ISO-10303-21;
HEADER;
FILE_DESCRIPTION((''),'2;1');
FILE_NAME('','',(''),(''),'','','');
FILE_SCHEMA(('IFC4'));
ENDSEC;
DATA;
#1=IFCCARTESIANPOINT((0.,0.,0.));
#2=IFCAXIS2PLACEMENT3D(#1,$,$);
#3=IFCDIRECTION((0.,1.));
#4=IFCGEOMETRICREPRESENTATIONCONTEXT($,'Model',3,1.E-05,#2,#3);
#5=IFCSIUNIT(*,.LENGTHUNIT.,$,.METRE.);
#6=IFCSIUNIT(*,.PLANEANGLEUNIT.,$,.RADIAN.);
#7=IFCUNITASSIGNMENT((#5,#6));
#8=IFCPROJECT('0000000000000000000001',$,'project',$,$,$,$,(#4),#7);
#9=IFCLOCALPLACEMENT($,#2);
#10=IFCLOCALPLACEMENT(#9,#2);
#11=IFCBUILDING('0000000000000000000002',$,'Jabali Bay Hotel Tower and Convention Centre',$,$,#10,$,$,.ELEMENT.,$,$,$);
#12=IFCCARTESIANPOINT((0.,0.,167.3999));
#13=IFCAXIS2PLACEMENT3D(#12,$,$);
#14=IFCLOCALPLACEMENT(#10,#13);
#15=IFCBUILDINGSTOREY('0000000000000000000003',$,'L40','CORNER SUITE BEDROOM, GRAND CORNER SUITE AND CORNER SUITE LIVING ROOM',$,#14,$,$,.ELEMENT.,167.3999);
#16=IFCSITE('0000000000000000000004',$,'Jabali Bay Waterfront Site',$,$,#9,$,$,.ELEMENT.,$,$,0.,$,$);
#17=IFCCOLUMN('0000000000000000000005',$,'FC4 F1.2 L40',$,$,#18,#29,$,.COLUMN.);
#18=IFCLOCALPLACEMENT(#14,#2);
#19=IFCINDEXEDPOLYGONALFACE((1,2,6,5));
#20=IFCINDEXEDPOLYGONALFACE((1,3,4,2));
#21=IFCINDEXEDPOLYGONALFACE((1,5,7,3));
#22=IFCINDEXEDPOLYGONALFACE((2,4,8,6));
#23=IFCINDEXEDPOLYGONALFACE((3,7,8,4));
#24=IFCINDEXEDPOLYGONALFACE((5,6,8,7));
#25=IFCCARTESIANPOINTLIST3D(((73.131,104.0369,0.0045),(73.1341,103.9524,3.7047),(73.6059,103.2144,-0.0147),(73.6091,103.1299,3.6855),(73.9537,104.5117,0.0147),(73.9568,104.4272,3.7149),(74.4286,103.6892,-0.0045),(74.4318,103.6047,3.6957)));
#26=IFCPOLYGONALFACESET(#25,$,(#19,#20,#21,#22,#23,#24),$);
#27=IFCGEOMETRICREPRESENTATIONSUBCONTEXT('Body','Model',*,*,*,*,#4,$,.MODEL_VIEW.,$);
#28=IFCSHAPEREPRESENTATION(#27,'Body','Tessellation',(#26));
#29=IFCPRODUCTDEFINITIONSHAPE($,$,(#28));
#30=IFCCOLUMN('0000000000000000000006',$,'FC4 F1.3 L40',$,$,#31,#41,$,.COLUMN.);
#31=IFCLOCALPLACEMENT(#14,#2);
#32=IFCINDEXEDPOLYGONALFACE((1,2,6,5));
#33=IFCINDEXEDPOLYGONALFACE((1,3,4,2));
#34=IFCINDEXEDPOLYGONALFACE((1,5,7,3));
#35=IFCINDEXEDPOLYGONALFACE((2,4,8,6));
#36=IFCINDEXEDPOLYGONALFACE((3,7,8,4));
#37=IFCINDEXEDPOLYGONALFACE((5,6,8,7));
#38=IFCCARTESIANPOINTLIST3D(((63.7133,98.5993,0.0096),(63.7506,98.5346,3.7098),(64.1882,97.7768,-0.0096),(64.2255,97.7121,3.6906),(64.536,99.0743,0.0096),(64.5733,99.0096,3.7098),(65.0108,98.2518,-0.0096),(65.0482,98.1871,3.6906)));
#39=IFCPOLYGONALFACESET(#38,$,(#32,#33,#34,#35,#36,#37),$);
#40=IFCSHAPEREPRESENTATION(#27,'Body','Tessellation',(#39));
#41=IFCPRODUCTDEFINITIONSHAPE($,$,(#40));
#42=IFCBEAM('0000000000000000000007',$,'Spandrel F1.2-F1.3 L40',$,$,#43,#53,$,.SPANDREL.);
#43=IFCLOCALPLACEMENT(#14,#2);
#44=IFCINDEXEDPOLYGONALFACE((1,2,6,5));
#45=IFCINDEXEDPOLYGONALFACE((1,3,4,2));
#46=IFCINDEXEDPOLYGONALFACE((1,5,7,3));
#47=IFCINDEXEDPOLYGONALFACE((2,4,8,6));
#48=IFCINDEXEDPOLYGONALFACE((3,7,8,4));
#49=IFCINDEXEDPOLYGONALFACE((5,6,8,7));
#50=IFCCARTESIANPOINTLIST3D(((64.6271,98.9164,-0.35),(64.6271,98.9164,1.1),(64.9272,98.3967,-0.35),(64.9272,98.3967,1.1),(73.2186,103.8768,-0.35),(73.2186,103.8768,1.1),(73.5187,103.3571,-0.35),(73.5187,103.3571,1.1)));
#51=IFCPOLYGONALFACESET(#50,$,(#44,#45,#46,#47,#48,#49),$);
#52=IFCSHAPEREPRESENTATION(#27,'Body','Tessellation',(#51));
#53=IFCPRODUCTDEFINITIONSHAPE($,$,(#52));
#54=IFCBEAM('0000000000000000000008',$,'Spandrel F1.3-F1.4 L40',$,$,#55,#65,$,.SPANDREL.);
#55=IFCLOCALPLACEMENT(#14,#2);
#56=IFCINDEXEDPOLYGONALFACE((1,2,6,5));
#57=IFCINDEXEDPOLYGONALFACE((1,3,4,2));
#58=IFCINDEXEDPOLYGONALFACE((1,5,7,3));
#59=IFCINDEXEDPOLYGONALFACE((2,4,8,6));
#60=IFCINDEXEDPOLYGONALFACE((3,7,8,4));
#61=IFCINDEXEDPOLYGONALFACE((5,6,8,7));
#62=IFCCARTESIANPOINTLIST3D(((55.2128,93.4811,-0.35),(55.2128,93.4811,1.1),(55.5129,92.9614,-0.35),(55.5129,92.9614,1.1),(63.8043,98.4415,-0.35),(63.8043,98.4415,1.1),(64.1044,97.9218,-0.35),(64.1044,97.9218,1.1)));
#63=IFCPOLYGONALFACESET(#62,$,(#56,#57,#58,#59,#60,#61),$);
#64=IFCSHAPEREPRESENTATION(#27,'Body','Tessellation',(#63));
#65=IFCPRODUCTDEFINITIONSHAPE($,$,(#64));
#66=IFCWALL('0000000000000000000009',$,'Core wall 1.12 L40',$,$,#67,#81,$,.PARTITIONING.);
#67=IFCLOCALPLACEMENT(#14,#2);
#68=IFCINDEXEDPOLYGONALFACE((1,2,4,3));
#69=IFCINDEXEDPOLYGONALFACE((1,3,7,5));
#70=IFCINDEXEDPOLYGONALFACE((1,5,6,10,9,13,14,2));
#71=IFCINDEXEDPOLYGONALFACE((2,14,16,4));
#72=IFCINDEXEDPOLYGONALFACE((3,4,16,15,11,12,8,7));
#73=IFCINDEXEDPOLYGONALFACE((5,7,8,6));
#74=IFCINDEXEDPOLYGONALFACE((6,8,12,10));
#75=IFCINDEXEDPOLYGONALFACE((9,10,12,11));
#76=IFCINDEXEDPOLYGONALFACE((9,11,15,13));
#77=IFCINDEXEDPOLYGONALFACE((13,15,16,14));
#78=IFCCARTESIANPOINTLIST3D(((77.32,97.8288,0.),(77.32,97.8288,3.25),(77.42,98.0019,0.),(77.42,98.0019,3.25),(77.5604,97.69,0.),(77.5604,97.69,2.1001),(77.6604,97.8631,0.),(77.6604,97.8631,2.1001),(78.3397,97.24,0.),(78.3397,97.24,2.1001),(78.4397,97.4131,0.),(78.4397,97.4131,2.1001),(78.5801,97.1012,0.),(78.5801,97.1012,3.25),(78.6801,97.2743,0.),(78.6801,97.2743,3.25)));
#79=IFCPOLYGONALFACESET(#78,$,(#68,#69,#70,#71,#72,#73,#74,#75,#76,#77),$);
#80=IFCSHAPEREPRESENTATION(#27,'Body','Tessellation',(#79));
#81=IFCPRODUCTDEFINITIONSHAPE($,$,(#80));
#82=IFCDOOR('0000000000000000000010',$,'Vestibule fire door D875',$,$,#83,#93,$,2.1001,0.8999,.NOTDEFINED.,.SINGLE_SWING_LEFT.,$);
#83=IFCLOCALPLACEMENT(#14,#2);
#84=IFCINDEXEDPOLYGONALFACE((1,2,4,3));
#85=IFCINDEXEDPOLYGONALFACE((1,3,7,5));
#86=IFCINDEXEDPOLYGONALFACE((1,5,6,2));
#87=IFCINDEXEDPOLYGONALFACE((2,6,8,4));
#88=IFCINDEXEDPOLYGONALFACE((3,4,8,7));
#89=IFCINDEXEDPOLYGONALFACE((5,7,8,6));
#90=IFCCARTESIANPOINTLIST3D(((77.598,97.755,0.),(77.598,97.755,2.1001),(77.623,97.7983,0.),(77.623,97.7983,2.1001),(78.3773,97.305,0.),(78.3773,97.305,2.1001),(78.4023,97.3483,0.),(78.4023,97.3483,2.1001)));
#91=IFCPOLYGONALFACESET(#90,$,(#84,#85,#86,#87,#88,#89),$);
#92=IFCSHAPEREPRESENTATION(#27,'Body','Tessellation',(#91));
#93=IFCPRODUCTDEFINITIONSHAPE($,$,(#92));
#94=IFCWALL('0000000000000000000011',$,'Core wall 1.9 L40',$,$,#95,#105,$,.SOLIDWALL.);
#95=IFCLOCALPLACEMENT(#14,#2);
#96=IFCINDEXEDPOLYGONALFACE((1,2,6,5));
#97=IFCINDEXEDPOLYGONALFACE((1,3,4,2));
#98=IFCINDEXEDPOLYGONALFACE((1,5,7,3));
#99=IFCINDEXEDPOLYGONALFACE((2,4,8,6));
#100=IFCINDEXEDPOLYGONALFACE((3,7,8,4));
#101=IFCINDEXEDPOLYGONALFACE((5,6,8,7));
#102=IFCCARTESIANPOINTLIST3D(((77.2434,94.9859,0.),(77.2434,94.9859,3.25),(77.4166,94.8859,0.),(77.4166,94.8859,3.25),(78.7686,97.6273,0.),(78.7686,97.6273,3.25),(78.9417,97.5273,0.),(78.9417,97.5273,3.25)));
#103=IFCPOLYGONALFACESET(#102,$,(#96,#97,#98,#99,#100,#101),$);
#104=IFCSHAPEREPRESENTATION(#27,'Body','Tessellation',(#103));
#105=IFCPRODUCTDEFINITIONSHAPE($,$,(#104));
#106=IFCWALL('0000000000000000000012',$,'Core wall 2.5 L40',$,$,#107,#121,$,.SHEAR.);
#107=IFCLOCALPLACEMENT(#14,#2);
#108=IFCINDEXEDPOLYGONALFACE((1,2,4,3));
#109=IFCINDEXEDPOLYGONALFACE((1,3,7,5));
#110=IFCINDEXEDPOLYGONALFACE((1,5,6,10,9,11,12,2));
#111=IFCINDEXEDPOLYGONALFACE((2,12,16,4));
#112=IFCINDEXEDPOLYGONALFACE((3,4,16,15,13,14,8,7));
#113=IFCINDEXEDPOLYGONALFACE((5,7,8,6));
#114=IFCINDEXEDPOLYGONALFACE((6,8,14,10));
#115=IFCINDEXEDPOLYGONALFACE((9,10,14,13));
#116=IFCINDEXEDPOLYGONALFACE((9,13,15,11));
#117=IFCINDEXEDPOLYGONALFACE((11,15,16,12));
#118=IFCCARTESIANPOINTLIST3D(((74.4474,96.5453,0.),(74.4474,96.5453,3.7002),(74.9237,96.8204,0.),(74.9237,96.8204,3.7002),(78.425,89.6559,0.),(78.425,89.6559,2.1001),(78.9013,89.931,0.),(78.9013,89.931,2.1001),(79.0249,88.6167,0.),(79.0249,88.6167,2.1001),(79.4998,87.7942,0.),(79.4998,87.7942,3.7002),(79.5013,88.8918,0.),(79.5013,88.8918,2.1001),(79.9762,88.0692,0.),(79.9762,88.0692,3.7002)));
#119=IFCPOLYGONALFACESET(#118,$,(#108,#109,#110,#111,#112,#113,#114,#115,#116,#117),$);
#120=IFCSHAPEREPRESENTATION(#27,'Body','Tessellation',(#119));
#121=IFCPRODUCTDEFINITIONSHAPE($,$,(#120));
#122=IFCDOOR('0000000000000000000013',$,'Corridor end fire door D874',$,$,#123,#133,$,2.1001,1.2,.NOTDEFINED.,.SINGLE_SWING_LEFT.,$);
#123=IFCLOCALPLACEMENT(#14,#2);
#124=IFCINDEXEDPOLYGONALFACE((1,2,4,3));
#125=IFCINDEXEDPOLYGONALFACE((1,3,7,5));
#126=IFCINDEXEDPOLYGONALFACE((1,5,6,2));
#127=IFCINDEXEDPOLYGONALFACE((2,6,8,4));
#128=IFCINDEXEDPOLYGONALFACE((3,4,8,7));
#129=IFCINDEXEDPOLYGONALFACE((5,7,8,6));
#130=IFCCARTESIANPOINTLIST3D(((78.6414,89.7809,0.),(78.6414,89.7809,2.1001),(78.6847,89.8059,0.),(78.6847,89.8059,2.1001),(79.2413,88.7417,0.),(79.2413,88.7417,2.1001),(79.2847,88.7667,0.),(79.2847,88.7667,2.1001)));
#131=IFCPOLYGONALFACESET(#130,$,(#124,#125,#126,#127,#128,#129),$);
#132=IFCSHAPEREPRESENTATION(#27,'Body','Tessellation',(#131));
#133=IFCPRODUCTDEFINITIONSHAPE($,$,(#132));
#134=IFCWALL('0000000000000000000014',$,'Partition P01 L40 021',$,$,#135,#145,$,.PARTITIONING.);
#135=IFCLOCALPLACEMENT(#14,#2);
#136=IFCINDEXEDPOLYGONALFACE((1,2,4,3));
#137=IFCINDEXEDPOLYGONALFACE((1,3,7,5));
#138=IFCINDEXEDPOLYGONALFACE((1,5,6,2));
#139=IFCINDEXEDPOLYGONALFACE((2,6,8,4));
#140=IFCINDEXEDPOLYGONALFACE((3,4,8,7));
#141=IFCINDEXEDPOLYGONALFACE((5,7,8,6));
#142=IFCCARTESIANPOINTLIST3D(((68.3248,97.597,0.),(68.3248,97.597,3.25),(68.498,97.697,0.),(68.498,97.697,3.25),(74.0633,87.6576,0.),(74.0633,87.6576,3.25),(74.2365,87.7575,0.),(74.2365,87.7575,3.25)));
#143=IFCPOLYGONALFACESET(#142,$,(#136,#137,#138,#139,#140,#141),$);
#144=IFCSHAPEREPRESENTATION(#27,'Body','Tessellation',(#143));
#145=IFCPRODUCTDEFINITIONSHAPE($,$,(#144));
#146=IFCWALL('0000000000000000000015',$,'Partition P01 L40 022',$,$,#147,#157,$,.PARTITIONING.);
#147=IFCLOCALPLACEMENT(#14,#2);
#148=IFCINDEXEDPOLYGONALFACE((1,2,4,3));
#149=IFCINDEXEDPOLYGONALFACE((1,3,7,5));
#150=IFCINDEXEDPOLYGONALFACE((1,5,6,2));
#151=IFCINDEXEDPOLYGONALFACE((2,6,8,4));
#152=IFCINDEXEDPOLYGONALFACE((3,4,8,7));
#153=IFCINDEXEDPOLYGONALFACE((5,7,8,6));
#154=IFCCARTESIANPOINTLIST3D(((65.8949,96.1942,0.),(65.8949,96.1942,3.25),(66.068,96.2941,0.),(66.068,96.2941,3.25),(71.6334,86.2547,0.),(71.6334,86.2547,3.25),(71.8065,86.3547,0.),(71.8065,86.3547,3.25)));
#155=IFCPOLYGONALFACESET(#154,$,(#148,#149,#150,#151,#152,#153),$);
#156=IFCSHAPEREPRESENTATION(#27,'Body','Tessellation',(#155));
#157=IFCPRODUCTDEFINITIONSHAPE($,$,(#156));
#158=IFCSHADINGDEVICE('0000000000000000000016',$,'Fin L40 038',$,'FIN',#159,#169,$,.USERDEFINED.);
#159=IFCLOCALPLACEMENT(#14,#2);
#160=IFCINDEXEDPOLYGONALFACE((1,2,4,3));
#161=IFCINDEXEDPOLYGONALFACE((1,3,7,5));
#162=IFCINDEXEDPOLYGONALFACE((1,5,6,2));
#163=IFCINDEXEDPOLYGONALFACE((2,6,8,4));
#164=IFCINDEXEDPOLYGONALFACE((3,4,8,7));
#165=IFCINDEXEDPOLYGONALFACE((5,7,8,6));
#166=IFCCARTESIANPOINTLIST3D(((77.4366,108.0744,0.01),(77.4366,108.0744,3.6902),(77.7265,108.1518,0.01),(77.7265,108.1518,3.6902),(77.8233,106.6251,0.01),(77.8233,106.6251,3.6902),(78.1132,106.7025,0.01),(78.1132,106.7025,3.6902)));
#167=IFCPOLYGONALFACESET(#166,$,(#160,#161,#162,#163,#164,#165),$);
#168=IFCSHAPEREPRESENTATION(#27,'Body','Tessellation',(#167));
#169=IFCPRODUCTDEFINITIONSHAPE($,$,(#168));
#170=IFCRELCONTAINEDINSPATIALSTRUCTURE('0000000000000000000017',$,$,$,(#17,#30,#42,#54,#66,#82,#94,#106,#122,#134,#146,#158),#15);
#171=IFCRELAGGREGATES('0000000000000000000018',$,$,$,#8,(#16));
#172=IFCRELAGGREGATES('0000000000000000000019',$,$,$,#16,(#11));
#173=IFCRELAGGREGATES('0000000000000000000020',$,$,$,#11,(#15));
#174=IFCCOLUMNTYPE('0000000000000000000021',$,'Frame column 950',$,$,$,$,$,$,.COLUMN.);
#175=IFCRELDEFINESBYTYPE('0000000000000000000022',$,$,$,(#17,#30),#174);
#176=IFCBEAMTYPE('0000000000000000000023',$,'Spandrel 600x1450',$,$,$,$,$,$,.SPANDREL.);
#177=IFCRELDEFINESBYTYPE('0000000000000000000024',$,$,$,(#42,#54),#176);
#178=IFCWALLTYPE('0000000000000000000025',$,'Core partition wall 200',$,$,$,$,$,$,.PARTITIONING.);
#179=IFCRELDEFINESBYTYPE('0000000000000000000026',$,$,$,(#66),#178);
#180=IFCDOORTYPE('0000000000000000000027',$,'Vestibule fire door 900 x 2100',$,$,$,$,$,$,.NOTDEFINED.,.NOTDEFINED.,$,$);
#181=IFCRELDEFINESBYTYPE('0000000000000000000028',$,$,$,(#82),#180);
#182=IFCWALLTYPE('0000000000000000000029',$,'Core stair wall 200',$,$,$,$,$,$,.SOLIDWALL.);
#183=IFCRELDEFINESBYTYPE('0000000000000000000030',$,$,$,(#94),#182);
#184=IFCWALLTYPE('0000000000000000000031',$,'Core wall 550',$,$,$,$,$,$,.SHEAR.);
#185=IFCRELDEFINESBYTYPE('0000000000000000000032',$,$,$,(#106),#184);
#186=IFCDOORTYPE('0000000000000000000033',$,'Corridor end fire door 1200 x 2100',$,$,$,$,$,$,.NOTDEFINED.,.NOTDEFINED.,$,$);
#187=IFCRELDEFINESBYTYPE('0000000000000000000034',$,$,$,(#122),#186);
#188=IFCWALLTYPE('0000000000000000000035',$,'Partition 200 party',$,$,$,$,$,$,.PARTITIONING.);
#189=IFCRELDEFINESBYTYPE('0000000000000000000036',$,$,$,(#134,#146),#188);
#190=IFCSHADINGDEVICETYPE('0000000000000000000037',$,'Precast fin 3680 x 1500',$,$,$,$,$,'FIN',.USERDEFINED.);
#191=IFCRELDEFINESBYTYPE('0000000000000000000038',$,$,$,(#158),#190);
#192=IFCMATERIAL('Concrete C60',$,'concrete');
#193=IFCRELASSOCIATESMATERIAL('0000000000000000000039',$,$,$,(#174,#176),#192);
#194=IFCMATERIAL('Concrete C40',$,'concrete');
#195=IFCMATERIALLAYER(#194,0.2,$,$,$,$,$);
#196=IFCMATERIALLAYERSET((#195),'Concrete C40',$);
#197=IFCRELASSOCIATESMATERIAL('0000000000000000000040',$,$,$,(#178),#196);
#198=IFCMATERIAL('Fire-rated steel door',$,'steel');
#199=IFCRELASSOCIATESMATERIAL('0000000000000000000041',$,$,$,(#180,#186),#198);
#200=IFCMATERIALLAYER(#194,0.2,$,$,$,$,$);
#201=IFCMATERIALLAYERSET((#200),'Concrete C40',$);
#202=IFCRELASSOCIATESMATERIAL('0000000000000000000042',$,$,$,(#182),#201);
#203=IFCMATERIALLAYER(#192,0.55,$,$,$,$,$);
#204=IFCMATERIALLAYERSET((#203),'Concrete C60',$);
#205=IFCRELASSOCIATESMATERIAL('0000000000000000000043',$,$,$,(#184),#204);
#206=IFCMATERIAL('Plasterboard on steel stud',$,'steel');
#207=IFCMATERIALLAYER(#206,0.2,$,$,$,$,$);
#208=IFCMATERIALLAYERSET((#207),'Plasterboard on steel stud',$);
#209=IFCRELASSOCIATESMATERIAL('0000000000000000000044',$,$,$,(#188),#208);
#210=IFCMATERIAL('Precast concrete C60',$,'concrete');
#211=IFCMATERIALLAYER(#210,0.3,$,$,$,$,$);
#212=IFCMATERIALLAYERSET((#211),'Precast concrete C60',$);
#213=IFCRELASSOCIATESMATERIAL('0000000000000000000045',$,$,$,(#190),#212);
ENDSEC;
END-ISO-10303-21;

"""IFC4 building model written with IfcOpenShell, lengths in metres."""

from ifc_helpers import new_model, si_unit, direction, frame, frame_2d, origin, origin_2d, place, context, subcontext, project, spatial, rectangle, extrude, material, layer, layer_set, material_profile, profile_set, type_object, element, fill, save


model = new_model("IFC4")

# Units and contexts
model_context = context("Model", 3, precision=1e-05, world=origin(), true_north=direction((0.0, 1.0)))
body_context = subcontext(model_context, "Body", "Model", "MODEL_VIEW")
ifc_project = project(units=[si_unit("LENGTHUNIT", "METRE"), si_unit("PLANEANGLEUNIT", "RADIAN")], contexts=[model_context])

# Site, building, storey
site_placement = place(None, origin())
site = spatial("IfcSite", under=ifc_project, at=site_placement, Name="Jabali Bay Waterfront Site", CompositionType="ELEMENT", RefElevation=0.0)
building_placement = place(site_placement, origin())
building = spatial("IfcBuilding", under=site, at=building_placement, Name="Jabali Bay Hotel Tower and Convention Centre", CompositionType="ELEMENT")
storey_placement = place(building_placement, frame((0.0, 0.0, 167.3999)))
storey = spatial("IfcBuildingStorey", under=building, at=storey_placement, Name="L40", Description="CORNER SUITE BEDROOM, GRAND CORNER SUITE AND CORNER SUITE LIVING ROOM", CompositionType="ELEMENT", Elevation=167.3999)

# Columns
ifc_material_1 = material(Name="Concrete C60", Category="concrete")
ifc_material_profile_1 = material_profile(ifc_material_1, rectangle(XDim=0.95, YDim=0.95, at=origin_2d()), Name="Frame column 950")
ifc_profile_set_1 = profile_set([ifc_material_profile_1], Name="Concrete C60")
column_type = type_object("IfcColumnType", Name="Frame column 950", PredefinedType="COLUMN", material=ifc_profile_set_1)
column_1_placement = place(storey_placement, frame((73.7798, 103.863, 0.0), z_axis=(0.000858, -0.022823, 0.999739), x_axis=(0.866054, 0.499837, 0.010668)))
element("IfcColumn", 1, at=column_1_placement, inside=storey, type_object=column_type, Name="FC4 F1.2 L40", PredefinedType="COLUMN", context=body_context, shape_type="SweptSolid", body=[
    extrude(rectangle(XDim=0.95, YDim=0.95, at=origin_2d()), origin(), (0.0, 0.0, 1.0), 3.7012),
])
column_2_placement = place(storey_placement, frame((64.3621, 98.4255, 0.0), z_axis=(0.010093, -0.017481, 0.999796), x_axis=(-0.499903, 0.865846, 0.020186)))
element("IfcColumn", 2, at=column_2_placement, inside=storey, type_object=column_type, Name="FC4 F1.3 L40", PredefinedType="COLUMN", context=body_context, shape_type="SweptSolid", body=[
    extrude(rectangle(XDim=0.95, YDim=0.95, at=origin_2d()), origin(), (0.0, 0.0, 1.0), 3.7009),
])

# Beams
ifc_material_profile_2 = material_profile(ifc_material_1, rectangle(XDim=0.6001, YDim=1.45, at=origin_2d()), Name="Spandrel 600x1450")
ifc_profile_set_2 = profile_set([ifc_material_profile_2], Name="Concrete C60")
beam_type = type_object("IfcBeamType", Name="Spandrel 600x1450", PredefinedType="SPANDREL", material=ifc_profile_set_2)
for number, where, z_axis, x_axis, name in (
    (3, (73.3687, 103.6169, 0.375), (-0.86602, -0.500009, 0.0), (0.500009, -0.86602, 0.0), "Spandrel F1.2-F1.3 L40"),
    (4, (63.9543, 98.1816, 0.375), (-0.86602, -0.500009, 0.0), (0.500009, -0.86602, 0.0), "Spandrel F1.3-F1.4 L40"),
):
    element("IfcBeam", number, at=place(storey_placement, frame(where, z_axis=z_axis, x_axis=x_axis)), inside=storey, type_object=beam_type, Name=name, PredefinedType="SPANDREL", context=body_context, shape_type="SweptSolid", body=[
        extrude(rectangle(XDim=0.6001, YDim=1.45, at=origin_2d()), origin(), (0.0, 0.0, 1.0), 9.9207),
    ])

# Wall, opening, door
ifc_material_2 = material(Name="Concrete C40", Category="concrete")
ifc_layer_1 = layer(ifc_material_2, 0.2)
ifc_layer_set_1 = layer_set([ifc_layer_1], Name="Concrete C40")
wall_type_1 = type_object("IfcWallType", Name="Core partition wall 200", PredefinedType="PARTITIONING", material=ifc_layer_set_1)
wall_1_placement = place(storey_placement, frame((78.6301, 97.1877, 0.0), z_axis=(0.0, 0.0, 1.0), x_axis=(-0.866004, 0.500037, 0.0)))
wall_1 = element("IfcWall", 5, at=wall_1_placement, inside=storey, type_object=wall_type_1, Name="Core wall 1.12 L40", PredefinedType="PARTITIONING", context=body_context, shape_type="SweptSolid", body=[
    extrude(rectangle(XDim=1.4551, YDim=0.2, at=frame_2d((0.7275, 0.0))), origin(), (0.0, 0.0, 1.0), 3.25),
])
opening_1_placement = place(wall_1_placement, frame((0.2776, 0.0, 0.0)))
opening_1 = element("IfcOpeningElement", 6, at=opening_1_placement, cuts=wall_1, PredefinedType="OPENING", context=body_context, shape_type="SweptSolid", body=[
    extrude(rectangle(XDim=0.8999, YDim=2.1001, at=frame_2d((0.45, 1.05))), frame((0.0, 0.1104, 0.0), z_axis=(0.0, -1.0, 0.0), x_axis=(1.0, 0.0, 0.0)), (0.0, 0.0, 1.0), 0.2209),
])
ifc_material_3 = material(Name="Fire-rated steel door", Category="steel")
door_type_1 = type_object("IfcDoorType", Name="Vestibule fire door 900 x 2100", OperationType="NOTDEFINED", PredefinedType="NOTDEFINED", material=ifc_material_3)
door_1_placement = place(opening_1_placement, origin())
door_1 = element("IfcDoor", 7, at=door_1_placement, inside=storey, type_object=door_type_1, Name="Vestibule fire door D875", OperationType="SINGLE_SWING_LEFT", OverallHeight=2.1001, OverallWidth=0.8999, PredefinedType="NOTDEFINED", context=body_context, shape_type="SweptSolid", body=[
    extrude(rectangle(XDim=0.8999, YDim=2.1001, at=frame_2d((0.45, 1.05))), frame((0.0, 0.0249, 0.0), z_axis=(0.0, -1.0, 0.0), x_axis=(1.0, 0.0, 0.0)), (0.0, 0.0, 1.0), 0.05),
])
fill(opening_1, door_1)

# Wall
ifc_layer_2 = layer(ifc_material_2, 0.2)
ifc_layer_set_2 = layer_set([ifc_layer_2], Name="Concrete C40")
wall_type_2 = type_object("IfcWallType", Name="Core stair wall 200", PredefinedType="SOLIDWALL", material=ifc_layer_set_2)
wall_2_placement = place(storey_placement, frame((77.3301, 94.936, 0.0), z_axis=(0.0, 0.0, 1.0), x_axis=(0.500039, 0.866003, 0.0)))
element("IfcWall", 8, at=wall_2_placement, inside=storey, type_object=wall_type_2, Name="Core wall 1.9 L40", PredefinedType="SOLIDWALL", context=body_context, shape_type="SweptSolid", body=[
    extrude(rectangle(XDim=3.05, YDim=0.2, at=frame_2d((1.5249, 0.0))), origin(), (0.0, 0.0, 1.0), 3.25),
])

# Wall, opening, door
ifc_layer_3 = layer(ifc_material_1, 0.55)
ifc_layer_set_3 = layer_set([ifc_layer_3], Name="Concrete C60")
wall_type_3 = type_object("IfcWallType", Name="Core wall 550", PredefinedType="SHEAR", material=ifc_layer_set_3)
wall_3_placement = place(storey_placement, frame((74.6855, 96.6829, 0.0), z_axis=(0.0, 0.0, 1.0), x_axis=(0.499998, -0.866027, 0.0)))
wall_3 = element("IfcWall", 9, at=wall_3_placement, inside=storey, type_object=wall_type_3, Name="Core wall 2.5 L40", PredefinedType="SHEAR", context=body_context, shape_type="SweptSolid", body=[
    extrude(rectangle(XDim=10.105, YDim=0.55, at=frame_2d((5.0525, 0.0))), origin(), (0.0, 0.0, 1.0), 3.7002),
])
opening_2_placement = place(wall_3_placement, frame((7.9551, 0.0, 0.0)))
opening_2 = element("IfcOpeningElement", 10, at=opening_2_placement, cuts=wall_3, PredefinedType="OPENING", context=body_context, shape_type="SweptSolid", body=[
    extrude(rectangle(XDim=1.2, YDim=2.1001, at=frame_2d((0.6001, 1.05))), frame((0.0, 0.2856, 0.0), z_axis=(0.0, -1.0, 0.0), x_axis=(1.0, 0.0, 0.0)), (0.0, 0.0, 1.0), 0.571),
])
door_type_2 = type_object("IfcDoorType", Name="Corridor end fire door 1200 x 2100", OperationType="NOTDEFINED", PredefinedType="NOTDEFINED", material=ifc_material_3)
door_2_placement = place(opening_2_placement, origin())
door_2 = element("IfcDoor", 11, at=door_2_placement, inside=storey, type_object=door_type_2, Name="Corridor end fire door D874", OperationType="SINGLE_SWING_LEFT", OverallHeight=2.1001, OverallWidth=1.2, PredefinedType="NOTDEFINED", context=body_context, shape_type="SweptSolid", body=[
    extrude(rectangle(XDim=1.2, YDim=2.1001, at=frame_2d((0.6001, 1.05))), frame((0.0, 0.0249, 0.0), z_axis=(0.0, -1.0, 0.0), x_axis=(1.0, 0.0, 0.0)), (0.0, 0.0, 1.0), 0.05),
])
fill(opening_2, door_2)

# Walls
ifc_material_4 = material(Name="Plasterboard on steel stud", Category="steel")
ifc_layer_4 = layer(ifc_material_4, 0.2)
ifc_layer_set_4 = layer_set([ifc_layer_4], Name="Plasterboard on steel stud")
wall_type_4 = type_object("IfcWallType", Name="Partition 200 party", PredefinedType="PARTITIONING", material=ifc_layer_set_4)
for number, where, z_axis, x_axis, name in (
    (12, (68.4114, 97.647, 0.0), (0.0, 0.0, 1.0), (0.499999, -0.866026, 0.0), "Partition P01 L40 021"),
    (13, (65.9814, 96.2441, 0.0), (0.0, 0.0, 1.0), (0.499999, -0.866026, 0.0), "Partition P01 L40 022"),
):
    element("IfcWall", number, at=place(storey_placement, frame(where, z_axis=z_axis, x_axis=x_axis)), inside=storey, type_object=wall_type_4, Name=name, PredefinedType="PARTITIONING", context=body_context, shape_type="SweptSolid", body=[
        extrude(rectangle(XDim=11.4771, YDim=0.2, at=frame_2d((5.7385, 0.0))), origin(), (0.0, 0.0, 1.0), 3.25),
    ])

# Shading device
ifc_material_5 = material(Name="Precast concrete C60", Category="concrete")
ifc_layer_5 = layer(ifc_material_5, 0.3)
ifc_layer_set_5 = layer_set([ifc_layer_5], Name="Precast concrete C60")
shading_device_type = type_object("IfcShadingDeviceType", Name="Precast fin 3680 x 1500", ElementType="FIN", PredefinedType="USERDEFINED", material=ifc_layer_set_5)
for number, where, z_axis, x_axis, name in (
    (14, (77.9683, 106.6638, 0.01), (0.0, 0.0, 1.0), (-0.257825, 0.966192, 0.0), "Fin L40 038"),
):
    element("IfcShadingDevice", number, at=place(storey_placement, frame(where, z_axis=z_axis, x_axis=x_axis)), inside=storey, type_object=shading_device_type, Name=name, ObjectType="FIN", PredefinedType="USERDEFINED", context=body_context, shape_type="SweptSolid", body=[
        extrude(rectangle(XDim=1.5, YDim=0.3, at=frame_2d((0.75, 0.0))), origin(), (0.0, 0.0, 1.0), 3.6802),
    ])

save(model, "model.ifc")
